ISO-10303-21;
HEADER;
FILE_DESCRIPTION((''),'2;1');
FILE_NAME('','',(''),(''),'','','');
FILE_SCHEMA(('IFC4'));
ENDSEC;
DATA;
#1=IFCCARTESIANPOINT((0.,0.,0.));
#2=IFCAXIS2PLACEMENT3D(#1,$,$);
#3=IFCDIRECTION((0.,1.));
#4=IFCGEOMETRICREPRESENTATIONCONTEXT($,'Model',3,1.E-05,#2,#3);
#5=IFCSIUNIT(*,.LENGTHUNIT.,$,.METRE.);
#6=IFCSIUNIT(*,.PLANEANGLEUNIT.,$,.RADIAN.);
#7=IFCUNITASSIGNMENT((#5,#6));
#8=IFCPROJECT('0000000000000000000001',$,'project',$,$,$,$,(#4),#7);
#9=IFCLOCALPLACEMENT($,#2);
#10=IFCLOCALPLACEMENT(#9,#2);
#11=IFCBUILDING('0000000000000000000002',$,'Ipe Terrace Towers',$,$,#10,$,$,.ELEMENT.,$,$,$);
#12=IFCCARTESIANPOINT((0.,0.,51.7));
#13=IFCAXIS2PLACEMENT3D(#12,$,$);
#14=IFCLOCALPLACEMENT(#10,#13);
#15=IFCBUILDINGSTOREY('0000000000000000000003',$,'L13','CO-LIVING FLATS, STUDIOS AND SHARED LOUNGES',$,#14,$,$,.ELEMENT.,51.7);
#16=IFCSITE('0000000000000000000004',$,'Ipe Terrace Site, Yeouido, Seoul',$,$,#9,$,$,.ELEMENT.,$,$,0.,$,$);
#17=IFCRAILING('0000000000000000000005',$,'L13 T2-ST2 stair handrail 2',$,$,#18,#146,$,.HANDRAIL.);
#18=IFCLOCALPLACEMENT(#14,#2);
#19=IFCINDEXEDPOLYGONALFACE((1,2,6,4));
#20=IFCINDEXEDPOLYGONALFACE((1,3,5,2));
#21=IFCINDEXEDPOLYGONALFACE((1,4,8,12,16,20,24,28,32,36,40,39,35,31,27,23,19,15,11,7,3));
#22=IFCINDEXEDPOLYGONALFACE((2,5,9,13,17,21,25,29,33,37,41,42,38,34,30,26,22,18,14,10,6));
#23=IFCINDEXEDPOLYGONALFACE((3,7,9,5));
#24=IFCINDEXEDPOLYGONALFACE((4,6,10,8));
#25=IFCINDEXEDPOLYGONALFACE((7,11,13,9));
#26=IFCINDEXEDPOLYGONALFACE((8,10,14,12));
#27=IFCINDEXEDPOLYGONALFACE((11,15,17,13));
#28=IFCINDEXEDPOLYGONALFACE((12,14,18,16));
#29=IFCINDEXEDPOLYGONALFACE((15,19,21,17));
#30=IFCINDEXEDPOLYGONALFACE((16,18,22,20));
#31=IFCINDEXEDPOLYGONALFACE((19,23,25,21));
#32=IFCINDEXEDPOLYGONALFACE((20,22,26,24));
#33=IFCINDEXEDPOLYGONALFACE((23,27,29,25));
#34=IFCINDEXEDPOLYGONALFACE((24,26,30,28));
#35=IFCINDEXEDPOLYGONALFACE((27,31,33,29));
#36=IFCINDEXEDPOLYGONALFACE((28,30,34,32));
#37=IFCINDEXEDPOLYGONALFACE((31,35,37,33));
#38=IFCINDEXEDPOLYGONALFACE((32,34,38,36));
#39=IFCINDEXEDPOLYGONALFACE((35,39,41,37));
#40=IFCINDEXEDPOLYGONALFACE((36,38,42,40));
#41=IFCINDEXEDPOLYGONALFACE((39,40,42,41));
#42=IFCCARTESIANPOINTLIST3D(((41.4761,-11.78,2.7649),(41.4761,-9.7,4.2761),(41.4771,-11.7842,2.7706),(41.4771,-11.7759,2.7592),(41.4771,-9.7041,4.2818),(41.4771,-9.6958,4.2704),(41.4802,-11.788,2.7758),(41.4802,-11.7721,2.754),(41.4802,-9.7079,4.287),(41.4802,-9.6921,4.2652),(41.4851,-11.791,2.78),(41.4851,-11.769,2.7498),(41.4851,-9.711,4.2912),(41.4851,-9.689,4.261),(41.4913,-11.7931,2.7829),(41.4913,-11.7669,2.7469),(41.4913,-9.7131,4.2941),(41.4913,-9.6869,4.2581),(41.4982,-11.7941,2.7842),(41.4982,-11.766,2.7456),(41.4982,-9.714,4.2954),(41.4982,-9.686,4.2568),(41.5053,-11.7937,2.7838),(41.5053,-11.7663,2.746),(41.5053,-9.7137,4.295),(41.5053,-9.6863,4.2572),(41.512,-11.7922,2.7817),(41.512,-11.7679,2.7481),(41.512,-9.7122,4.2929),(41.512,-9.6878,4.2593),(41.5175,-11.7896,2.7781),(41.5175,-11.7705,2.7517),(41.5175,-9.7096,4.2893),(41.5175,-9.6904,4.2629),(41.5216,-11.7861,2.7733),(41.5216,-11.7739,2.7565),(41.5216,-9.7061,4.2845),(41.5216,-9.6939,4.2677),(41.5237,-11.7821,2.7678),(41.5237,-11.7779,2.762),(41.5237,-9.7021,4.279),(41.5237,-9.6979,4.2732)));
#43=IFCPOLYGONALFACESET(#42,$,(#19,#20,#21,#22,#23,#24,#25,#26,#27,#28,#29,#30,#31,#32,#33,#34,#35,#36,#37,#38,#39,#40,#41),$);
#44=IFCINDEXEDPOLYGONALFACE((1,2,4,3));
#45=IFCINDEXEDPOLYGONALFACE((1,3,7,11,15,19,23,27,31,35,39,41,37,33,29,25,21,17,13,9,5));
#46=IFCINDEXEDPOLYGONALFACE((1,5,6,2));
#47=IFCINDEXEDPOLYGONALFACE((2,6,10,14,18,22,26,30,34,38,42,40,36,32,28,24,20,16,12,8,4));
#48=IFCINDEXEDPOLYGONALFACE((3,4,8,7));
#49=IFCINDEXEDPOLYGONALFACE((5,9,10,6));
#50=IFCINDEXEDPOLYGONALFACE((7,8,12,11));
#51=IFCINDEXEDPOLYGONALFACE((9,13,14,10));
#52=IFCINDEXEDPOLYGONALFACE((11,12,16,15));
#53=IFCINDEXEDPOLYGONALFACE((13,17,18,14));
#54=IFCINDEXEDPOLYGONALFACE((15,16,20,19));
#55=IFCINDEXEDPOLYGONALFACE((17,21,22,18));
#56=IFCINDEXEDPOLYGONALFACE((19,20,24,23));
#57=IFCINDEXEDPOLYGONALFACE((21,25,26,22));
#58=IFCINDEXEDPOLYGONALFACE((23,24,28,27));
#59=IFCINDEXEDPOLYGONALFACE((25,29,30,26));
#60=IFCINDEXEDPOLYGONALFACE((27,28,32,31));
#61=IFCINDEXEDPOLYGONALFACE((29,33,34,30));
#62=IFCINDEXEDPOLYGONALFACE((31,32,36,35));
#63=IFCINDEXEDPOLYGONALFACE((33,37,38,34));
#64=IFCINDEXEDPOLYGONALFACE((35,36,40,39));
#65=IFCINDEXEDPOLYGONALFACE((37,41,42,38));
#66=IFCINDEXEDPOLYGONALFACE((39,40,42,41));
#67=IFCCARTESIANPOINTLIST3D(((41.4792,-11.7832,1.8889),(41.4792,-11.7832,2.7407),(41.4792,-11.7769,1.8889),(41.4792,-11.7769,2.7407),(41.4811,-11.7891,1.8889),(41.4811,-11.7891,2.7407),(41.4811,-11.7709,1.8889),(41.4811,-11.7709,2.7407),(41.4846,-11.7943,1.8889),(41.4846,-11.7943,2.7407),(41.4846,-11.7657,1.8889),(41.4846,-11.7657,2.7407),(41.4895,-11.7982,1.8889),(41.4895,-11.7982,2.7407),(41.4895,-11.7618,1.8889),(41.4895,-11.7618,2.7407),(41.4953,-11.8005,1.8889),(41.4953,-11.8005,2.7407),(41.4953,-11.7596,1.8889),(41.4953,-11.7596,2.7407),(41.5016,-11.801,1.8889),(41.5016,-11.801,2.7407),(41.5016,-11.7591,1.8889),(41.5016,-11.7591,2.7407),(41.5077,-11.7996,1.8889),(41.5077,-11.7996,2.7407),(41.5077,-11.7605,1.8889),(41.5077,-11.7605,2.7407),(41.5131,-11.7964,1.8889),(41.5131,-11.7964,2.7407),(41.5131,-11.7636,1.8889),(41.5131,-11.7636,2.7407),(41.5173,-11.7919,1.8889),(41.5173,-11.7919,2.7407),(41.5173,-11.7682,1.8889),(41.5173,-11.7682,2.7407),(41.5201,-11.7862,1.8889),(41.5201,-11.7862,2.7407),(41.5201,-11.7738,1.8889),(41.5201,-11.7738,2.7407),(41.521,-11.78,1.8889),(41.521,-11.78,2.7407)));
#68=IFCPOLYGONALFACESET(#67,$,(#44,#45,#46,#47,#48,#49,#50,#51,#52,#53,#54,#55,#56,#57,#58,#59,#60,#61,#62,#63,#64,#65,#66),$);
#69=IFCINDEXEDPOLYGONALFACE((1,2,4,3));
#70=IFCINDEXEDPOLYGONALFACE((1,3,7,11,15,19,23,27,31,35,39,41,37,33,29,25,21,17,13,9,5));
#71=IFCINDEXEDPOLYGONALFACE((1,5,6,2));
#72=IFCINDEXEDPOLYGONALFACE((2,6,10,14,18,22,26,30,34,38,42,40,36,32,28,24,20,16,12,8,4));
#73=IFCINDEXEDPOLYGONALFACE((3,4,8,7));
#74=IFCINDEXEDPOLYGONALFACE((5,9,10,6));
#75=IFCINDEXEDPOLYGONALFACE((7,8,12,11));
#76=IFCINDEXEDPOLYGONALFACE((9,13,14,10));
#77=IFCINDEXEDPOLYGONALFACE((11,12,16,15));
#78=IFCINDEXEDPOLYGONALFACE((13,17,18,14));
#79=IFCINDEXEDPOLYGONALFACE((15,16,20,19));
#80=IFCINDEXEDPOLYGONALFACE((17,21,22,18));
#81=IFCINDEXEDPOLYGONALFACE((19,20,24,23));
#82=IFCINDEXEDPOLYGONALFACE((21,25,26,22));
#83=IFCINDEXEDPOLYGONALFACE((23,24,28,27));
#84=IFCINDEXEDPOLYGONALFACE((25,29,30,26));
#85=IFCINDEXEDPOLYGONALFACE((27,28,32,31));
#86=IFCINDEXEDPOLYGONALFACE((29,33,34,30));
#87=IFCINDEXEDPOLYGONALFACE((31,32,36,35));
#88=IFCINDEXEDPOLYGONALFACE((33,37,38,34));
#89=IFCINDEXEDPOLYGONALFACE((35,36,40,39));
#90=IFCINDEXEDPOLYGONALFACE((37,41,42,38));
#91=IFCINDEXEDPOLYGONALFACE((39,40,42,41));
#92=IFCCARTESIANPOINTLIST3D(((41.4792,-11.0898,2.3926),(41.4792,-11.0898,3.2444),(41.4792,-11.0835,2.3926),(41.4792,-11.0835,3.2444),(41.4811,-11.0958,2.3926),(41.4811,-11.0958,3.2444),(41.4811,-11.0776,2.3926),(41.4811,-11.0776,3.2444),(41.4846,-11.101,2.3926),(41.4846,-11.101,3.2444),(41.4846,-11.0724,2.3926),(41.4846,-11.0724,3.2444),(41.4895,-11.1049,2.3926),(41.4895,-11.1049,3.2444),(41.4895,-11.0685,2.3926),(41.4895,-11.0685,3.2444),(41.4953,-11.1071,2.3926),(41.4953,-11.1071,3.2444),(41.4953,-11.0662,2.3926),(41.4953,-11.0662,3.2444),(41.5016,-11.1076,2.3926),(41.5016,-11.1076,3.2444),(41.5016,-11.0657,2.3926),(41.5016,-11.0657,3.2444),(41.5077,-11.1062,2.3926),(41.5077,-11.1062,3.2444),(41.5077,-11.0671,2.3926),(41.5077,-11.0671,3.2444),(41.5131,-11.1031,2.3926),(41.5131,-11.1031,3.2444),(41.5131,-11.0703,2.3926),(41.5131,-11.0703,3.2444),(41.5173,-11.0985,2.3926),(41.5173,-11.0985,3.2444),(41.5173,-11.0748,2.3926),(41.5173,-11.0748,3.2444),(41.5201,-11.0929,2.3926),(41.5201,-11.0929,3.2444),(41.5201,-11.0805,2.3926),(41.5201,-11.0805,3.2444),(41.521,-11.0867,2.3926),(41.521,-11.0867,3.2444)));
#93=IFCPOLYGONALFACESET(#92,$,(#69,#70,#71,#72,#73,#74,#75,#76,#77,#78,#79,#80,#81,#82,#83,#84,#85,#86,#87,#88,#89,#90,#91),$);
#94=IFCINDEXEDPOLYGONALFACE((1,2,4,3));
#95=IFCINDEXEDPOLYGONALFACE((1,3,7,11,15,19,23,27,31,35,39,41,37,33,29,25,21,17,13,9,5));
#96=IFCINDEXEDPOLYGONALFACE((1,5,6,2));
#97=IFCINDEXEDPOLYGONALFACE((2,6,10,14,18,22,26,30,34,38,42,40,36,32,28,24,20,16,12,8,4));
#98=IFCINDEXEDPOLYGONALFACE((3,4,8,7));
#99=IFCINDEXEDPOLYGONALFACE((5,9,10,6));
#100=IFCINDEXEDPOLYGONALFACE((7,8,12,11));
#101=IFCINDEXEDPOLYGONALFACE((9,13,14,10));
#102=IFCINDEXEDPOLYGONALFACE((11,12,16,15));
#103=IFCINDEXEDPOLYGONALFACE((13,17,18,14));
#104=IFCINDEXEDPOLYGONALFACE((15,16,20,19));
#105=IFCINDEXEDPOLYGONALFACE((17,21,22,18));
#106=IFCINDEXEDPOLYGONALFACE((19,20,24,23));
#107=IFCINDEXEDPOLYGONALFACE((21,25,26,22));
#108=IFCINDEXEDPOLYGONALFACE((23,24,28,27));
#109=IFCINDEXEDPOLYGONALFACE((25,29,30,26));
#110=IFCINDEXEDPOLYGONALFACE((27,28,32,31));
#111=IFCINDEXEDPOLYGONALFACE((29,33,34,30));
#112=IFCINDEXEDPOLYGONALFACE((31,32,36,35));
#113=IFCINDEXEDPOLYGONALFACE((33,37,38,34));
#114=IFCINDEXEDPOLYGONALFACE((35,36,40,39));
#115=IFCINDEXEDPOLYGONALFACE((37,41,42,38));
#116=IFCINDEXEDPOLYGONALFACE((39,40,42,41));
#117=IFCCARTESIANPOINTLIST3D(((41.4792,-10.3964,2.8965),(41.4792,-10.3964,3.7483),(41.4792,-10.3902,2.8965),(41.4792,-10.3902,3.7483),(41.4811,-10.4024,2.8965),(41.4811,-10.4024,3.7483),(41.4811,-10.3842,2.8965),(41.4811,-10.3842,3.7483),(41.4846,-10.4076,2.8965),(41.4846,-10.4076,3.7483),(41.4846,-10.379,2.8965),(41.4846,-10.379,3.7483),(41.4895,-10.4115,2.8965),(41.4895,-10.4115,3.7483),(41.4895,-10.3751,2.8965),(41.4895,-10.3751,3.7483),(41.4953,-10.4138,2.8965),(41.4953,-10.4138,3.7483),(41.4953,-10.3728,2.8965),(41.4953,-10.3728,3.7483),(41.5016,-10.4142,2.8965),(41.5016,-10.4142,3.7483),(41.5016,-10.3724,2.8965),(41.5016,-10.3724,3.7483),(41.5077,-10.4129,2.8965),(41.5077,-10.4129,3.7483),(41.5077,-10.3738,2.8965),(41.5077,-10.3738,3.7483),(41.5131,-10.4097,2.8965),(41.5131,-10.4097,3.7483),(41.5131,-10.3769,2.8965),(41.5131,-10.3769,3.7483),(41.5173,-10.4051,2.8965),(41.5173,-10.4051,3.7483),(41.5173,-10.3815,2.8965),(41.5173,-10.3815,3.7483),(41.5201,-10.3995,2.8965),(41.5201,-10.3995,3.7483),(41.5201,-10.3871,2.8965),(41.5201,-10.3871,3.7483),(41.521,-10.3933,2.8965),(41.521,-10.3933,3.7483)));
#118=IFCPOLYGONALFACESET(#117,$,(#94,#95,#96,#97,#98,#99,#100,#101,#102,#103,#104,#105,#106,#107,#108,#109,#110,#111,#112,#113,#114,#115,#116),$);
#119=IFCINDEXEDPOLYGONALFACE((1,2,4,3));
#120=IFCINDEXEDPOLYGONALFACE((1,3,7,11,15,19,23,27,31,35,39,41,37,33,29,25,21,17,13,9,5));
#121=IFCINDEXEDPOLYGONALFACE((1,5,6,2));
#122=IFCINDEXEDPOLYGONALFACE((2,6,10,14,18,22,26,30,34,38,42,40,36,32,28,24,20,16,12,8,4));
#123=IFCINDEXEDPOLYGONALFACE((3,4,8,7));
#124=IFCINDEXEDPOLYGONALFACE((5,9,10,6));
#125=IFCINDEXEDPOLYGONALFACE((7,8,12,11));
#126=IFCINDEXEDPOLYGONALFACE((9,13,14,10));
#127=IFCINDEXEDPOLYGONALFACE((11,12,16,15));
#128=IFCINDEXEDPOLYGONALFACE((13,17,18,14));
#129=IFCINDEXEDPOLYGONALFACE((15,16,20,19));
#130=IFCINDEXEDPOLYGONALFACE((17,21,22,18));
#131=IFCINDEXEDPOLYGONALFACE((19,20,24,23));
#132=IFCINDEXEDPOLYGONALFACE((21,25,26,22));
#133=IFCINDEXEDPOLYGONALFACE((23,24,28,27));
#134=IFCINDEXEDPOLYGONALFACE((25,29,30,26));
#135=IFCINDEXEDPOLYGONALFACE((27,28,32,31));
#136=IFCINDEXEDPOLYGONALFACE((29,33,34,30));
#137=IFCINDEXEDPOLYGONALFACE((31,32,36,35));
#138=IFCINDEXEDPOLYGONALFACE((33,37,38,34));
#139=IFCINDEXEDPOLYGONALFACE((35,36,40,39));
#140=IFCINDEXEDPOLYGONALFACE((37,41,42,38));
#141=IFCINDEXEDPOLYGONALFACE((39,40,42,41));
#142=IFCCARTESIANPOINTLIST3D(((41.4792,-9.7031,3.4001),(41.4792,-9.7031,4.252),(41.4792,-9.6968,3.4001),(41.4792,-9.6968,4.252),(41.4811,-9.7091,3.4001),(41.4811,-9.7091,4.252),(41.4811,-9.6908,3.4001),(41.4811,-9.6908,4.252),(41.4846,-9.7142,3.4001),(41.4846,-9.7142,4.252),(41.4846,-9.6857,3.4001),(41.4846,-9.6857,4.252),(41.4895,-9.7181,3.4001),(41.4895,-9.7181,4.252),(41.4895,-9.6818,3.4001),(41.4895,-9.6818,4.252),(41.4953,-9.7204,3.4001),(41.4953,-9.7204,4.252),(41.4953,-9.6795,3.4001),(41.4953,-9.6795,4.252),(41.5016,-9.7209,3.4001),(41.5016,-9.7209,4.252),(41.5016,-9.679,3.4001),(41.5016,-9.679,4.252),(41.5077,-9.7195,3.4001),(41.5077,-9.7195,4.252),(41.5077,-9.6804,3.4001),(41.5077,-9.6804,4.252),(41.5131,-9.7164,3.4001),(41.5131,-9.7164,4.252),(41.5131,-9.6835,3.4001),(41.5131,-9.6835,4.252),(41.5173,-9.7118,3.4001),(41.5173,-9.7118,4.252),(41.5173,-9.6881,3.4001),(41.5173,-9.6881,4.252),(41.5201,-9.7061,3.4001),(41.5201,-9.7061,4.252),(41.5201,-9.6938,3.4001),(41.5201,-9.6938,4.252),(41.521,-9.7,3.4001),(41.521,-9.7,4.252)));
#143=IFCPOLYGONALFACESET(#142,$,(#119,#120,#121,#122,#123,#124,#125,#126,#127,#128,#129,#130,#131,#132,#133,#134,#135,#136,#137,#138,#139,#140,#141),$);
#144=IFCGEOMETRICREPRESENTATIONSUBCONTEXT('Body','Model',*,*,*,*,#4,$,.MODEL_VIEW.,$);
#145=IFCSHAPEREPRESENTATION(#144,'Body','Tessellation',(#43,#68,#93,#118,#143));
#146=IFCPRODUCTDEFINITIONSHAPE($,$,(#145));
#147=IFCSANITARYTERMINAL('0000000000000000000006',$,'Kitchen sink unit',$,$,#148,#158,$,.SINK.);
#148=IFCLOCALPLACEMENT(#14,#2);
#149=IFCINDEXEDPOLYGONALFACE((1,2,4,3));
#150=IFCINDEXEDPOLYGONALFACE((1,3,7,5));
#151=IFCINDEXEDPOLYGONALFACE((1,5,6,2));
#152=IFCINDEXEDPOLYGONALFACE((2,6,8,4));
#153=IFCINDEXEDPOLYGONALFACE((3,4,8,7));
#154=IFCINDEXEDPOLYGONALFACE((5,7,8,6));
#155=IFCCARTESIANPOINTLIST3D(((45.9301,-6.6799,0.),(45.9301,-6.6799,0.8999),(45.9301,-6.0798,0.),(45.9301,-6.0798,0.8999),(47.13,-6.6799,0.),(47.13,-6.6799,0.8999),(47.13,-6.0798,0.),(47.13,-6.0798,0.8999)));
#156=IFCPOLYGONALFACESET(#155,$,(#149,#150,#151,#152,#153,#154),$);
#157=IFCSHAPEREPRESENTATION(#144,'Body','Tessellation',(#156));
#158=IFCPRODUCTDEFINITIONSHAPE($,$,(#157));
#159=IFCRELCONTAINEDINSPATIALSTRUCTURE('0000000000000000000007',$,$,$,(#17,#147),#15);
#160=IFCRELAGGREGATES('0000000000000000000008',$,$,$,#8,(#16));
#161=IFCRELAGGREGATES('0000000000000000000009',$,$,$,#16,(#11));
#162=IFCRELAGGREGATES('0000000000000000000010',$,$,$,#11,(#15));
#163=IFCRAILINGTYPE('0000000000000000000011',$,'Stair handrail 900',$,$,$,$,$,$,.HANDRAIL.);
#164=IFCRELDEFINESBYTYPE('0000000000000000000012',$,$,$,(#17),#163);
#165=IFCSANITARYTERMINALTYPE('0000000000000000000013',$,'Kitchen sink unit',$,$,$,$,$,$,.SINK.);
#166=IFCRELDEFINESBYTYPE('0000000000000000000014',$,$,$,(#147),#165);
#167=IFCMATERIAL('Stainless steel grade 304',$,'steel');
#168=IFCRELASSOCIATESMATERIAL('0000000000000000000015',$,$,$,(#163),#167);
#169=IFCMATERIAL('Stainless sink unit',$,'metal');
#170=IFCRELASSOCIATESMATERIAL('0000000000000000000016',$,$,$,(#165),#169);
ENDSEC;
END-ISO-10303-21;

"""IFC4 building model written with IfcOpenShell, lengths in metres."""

from ifc_helpers import new_model, si_unit, direction, frame, origin, origin_2d, place, context, subcontext, project, spatial, rectangle, circle, extrude, material, type_object, element, save


model = new_model("IFC4")

# Units and contexts
model_context = context("Model", 3, precision=1e-05, world=origin(), true_north=direction((0.0, 1.0)))
body_context = subcontext(model_context, "Body", "Model", "MODEL_VIEW")
ifc_project = project(units=[si_unit("LENGTHUNIT", "METRE"), si_unit("PLANEANGLEUNIT", "RADIAN")], contexts=[model_context])

# Site, building, storey
site_placement = place(None, origin())
site = spatial("IfcSite", under=ifc_project, at=site_placement, Name="Ipe Terrace Site, Yeouido, Seoul", CompositionType="ELEMENT", RefElevation=0.0)
building_placement = place(site_placement, origin())
building = spatial("IfcBuilding", under=site, at=building_placement, Name="Ipe Terrace Towers", CompositionType="ELEMENT")
storey_placement = place(building_placement, frame((0.0, 0.0, 51.7)))
storey = spatial("IfcBuildingStorey", under=building, at=storey_placement, Name="L13", Description="CO-LIVING FLATS, STUDIOS AND SHARED LOUNGES", CompositionType="ELEMENT", Elevation=51.7)

# Railing
ifc_material_1 = material(Name="Stainless steel grade 304", Category="steel")
railing_type_1 = type_object("IfcRailingType", Name="Stair handrail 900", PredefinedType="HANDRAIL", material=ifc_material_1)
railing_1_placement = place(storey_placement, frame((41.5, -11.78, 1.8889)))
element("IfcRailing", 1, at=railing_1_placement, inside=storey, type_object=railing_type_1, Name="L13 T2-ST2 stair handrail 2", PredefinedType="HANDRAIL", context=body_context, shape_type="SweptSolid", body=[
    extrude(circle(Radius=0.0239, at=origin_2d()), frame((0.0, 0.0, 0.876), z_axis=(0.0, 0.809023, 0.587776), x_axis=(-1.0, 0.0, 0.0)), (0.0, 0.0, 1.0), 2.571),
    extrude(circle(Radius=0.021, at=origin_2d()), origin(), (0.0, 0.0, 1.0), 0.8518),
    extrude(circle(Radius=0.021, at=origin_2d()), frame((0.0, 0.6934, 0.5037)), (0.0, 0.0, 1.0), 0.8518),
    extrude(circle(Radius=0.021, at=origin_2d()), frame((0.0, 1.3867, 1.0076)), (0.0, 0.0, 1.0), 0.8518),
    extrude(circle(Radius=0.021, at=origin_2d()), frame((0.0, 2.0801, 1.5112)), (0.0, 0.0, 1.0), 0.8518),
])

# Sanitary terminal
ifc_material_2 = material(Name="Stainless sink unit", Category="metal")
sanitary_terminal_type = type_object("IfcSanitaryTerminalType", Name="Kitchen sink unit", PredefinedType="SINK", material=ifc_material_2)
sanitary_terminal_placement = place(storey_placement, frame((46.53, -6.3799, 0.0), z_axis=(0.0, 0.0, 1.0), x_axis=(-1.0, 0.0, 0.0)))
element("IfcSanitaryTerminal", 2, at=sanitary_terminal_placement, inside=storey, type_object=sanitary_terminal_type, Name="Kitchen sink unit", PredefinedType="SINK", context=body_context, shape_type="SweptSolid", body=[
    extrude(rectangle(XDim=1.2, YDim=0.6001, at=origin_2d()), origin(), (0.0, 0.0, 1.0), 0.8999),
])

save(model, "model.ifc")
